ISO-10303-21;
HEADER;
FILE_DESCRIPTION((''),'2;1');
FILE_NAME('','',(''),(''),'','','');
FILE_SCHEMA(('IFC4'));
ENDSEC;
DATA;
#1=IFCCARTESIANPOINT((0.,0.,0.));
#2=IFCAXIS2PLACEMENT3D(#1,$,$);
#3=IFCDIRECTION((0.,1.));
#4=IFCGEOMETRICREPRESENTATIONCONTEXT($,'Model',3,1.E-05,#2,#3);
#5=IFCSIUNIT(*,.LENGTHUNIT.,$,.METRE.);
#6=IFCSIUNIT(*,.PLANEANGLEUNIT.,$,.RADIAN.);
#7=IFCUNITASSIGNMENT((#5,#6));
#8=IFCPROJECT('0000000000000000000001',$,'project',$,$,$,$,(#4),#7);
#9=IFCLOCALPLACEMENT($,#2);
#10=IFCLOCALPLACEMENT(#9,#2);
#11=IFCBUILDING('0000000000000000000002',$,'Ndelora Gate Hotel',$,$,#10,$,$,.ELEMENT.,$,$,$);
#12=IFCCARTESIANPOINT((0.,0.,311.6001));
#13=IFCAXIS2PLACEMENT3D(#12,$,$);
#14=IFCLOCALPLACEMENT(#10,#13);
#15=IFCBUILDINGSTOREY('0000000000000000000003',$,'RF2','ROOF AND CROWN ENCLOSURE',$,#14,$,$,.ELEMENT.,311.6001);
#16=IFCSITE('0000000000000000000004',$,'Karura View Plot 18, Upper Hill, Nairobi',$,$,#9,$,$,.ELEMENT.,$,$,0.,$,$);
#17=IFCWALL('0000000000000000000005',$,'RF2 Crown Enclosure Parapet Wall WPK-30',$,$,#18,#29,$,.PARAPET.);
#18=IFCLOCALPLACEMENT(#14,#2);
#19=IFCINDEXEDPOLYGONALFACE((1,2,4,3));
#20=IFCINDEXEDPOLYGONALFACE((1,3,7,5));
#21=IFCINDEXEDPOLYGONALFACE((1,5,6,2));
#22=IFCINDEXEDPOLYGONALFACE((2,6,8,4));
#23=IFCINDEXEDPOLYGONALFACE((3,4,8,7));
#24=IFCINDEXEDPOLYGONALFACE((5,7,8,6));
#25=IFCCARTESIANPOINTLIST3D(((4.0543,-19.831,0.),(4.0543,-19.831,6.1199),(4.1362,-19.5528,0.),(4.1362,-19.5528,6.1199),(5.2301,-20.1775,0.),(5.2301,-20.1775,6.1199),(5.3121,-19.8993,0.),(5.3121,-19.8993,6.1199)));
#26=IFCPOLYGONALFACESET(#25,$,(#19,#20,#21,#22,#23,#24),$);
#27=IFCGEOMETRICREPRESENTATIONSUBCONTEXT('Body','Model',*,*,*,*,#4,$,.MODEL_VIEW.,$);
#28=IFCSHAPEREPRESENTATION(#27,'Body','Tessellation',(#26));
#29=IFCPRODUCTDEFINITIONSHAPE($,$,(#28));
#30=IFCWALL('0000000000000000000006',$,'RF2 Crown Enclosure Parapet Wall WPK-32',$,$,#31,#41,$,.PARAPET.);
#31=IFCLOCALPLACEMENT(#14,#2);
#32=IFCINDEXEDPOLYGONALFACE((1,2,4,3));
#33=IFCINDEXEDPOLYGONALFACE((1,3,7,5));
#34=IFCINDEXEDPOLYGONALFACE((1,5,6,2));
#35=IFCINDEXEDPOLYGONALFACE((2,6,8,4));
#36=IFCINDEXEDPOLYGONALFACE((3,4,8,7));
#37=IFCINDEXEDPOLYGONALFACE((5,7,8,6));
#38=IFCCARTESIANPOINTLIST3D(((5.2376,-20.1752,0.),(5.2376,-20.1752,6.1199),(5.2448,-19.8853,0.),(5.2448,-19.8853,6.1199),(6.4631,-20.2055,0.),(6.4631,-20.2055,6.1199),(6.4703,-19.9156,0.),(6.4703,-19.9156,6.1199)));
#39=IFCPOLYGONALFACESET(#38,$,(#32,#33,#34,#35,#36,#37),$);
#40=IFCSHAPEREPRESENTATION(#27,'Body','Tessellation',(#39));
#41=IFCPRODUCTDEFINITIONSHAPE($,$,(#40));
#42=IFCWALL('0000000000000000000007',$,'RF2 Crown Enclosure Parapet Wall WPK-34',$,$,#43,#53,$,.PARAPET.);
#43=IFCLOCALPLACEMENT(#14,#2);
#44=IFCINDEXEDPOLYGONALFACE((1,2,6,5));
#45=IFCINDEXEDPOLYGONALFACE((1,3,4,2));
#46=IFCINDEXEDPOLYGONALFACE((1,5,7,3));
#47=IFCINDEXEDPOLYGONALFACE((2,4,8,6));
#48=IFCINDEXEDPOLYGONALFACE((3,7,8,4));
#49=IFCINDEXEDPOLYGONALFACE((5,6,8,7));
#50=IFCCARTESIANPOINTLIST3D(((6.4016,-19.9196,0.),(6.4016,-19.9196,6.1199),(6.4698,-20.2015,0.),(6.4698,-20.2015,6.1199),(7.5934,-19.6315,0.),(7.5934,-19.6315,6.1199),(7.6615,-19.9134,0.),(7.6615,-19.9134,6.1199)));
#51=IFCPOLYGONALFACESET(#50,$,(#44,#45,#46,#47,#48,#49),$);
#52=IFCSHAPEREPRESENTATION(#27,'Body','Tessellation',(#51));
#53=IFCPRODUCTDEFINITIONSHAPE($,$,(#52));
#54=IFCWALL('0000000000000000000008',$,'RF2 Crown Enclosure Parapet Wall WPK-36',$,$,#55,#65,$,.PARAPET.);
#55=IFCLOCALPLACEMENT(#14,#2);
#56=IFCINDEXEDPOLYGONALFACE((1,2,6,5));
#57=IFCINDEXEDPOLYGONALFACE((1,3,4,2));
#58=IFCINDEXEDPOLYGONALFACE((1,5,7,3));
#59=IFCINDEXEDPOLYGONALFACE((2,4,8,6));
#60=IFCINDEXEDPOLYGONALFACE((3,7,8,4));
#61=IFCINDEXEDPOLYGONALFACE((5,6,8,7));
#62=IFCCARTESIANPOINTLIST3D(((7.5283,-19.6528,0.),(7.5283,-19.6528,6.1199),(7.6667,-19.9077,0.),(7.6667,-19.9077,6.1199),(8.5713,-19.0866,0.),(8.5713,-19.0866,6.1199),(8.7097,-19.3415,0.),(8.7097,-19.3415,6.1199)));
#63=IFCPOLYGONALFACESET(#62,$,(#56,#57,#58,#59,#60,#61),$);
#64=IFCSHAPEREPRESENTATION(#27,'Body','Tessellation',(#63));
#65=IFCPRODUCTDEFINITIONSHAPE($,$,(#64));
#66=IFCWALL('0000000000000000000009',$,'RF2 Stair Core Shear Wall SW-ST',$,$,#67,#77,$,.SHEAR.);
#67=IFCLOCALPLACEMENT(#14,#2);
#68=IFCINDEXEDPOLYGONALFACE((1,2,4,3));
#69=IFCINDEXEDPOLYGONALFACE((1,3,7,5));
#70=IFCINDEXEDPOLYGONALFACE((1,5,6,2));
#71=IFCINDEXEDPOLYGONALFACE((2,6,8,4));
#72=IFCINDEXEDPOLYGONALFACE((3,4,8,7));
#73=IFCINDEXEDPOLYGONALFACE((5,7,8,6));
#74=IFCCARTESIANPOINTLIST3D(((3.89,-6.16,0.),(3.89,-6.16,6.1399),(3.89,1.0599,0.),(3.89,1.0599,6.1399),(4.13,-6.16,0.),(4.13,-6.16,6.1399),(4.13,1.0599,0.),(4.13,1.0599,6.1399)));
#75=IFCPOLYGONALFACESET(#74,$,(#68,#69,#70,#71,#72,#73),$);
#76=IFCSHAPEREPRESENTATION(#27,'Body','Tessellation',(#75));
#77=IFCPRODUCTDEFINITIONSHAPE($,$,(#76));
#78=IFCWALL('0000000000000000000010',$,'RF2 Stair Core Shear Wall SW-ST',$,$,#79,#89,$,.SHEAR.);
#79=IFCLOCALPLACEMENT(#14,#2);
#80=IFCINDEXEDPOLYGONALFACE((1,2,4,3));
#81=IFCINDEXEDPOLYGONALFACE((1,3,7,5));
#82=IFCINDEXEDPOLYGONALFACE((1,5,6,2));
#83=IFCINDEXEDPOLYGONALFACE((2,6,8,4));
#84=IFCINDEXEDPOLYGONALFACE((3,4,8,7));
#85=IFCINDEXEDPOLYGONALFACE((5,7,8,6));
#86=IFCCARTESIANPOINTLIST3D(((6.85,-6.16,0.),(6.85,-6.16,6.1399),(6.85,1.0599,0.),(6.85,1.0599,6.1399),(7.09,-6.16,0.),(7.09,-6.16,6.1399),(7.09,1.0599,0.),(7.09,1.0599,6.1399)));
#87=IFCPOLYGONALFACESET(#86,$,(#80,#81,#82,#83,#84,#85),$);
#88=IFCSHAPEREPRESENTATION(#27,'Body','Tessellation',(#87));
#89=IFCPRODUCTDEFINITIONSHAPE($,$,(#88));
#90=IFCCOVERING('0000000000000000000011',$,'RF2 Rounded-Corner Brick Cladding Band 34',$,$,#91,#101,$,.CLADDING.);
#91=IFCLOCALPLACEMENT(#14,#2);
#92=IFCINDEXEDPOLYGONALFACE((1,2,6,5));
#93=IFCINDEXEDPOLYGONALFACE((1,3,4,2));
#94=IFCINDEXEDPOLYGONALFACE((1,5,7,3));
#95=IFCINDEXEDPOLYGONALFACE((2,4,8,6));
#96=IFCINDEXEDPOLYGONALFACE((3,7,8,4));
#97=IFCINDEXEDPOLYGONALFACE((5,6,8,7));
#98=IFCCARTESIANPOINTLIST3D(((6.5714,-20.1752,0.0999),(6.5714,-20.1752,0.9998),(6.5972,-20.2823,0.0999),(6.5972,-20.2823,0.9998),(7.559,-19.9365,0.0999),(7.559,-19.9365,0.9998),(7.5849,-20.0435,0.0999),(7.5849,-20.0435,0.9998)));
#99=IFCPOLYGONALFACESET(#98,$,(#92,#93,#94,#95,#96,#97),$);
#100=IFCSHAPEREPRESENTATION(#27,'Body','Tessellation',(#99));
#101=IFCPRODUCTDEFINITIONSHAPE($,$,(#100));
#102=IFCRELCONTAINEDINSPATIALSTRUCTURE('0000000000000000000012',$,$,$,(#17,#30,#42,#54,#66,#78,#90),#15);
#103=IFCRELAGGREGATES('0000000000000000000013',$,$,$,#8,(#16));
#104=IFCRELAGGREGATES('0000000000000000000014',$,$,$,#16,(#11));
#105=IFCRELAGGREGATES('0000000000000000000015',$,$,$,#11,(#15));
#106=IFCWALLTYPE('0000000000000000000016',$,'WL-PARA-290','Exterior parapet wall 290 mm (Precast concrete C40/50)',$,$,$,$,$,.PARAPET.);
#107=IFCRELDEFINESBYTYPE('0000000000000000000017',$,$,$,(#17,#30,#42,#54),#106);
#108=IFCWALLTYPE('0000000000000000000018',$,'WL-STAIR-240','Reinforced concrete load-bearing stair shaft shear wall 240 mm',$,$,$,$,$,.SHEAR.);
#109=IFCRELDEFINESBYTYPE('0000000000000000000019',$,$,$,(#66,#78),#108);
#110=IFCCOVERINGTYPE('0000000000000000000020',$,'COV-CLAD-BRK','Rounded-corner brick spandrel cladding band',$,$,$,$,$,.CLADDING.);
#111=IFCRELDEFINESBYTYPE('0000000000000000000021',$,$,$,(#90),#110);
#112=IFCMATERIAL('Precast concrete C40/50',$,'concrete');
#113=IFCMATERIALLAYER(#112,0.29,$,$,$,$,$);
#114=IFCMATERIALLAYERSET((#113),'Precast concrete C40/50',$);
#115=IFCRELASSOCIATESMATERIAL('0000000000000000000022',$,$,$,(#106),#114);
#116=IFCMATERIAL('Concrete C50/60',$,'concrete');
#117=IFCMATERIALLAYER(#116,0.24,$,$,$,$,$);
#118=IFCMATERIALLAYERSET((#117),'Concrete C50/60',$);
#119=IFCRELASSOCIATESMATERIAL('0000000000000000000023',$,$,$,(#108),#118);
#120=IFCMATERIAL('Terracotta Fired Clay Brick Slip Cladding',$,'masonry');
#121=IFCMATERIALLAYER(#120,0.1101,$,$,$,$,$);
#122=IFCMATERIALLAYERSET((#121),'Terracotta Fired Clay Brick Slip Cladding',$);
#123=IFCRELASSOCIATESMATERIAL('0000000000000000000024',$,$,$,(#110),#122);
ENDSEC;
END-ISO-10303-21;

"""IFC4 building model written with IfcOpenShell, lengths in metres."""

from ifc_helpers import new_model, si_unit, direction, frame, frame_2d, origin, origin_2d, place, context, subcontext, project, spatial, rectangle, extrude, material, layer, layer_set, type_object, element, save


model = new_model("IFC4")

# Units and contexts
model_context = context("Model", 3, precision=1e-05, world=origin(), true_north=direction((0.0, 1.0)))
body_context = subcontext(model_context, "Body", "Model", "MODEL_VIEW")
ifc_project = project(units=[si_unit("LENGTHUNIT", "METRE"), si_unit("PLANEANGLEUNIT", "RADIAN")], contexts=[model_context])

# Site, building, storey
site_placement = place(None, origin())
site = spatial("IfcSite", under=ifc_project, at=site_placement, Name="Karura View Plot 18, Upper Hill, Nairobi", CompositionType="ELEMENT", RefElevation=0.0)
building_placement = place(site_placement, origin())
building = spatial("IfcBuilding", under=site, at=building_placement, Name="Ndelora Gate Hotel", CompositionType="ELEMENT")
storey_placement = place(building_placement, frame((0.0, 0.0, 311.6001)))
storey = spatial("IfcBuildingStorey", under=building, at=storey_placement, Name="RF2", Description="ROOF AND CROWN ENCLOSURE", CompositionType="ELEMENT", Elevation=311.6001)

# Shared definitions
ifc_material_1 = material(Name="Concrete C50/60", Category="concrete")

# Walls
ifc_material_2 = material(Name="Precast concrete C40/50", Category="concrete")
ifc_layer_1 = layer(ifc_material_2, 0.29)
ifc_layer_set_1 = layer_set([ifc_layer_1], Name="Precast concrete C40/50")
wall_type_1 = type_object("IfcWallType", Name="WL-PARA-290", Description="Exterior parapet wall 290 mm (Precast concrete C40/50)", PredefinedType="PARAPET", material=ifc_layer_set_1)
for number, where, z_axis, x_axis, name in (
    (1, (5.271, -20.0383, 0.0), (0.0, 0.0, 1.0), (-0.959229, 0.28263, 0.0), "RF2 Crown Enclosure Parapet Wall WPK-30"),
    (2, (6.4666, -20.0605, 0.0), (0.0, 0.0, 1.0), (-0.999695, 0.024699, 0.0), "RF2 Crown Enclosure Parapet Wall WPK-32"),
):
    element("IfcWall", number, at=place(storey_placement, frame(where, z_axis=z_axis, x_axis=x_axis)), inside=storey, type_object=wall_type_1, Name=name, PredefinedType="PARAPET", context=body_context, shape_type="SweptSolid", body=[
        extrude(rectangle(XDim=1.2258, YDim=0.29, at=frame_2d((0.6128, 0.0))), origin(), (0.0, 0.0, 1.0), 6.1199),
    ])
wall_1_placement = place(storey_placement, frame((7.6274, -19.7725, 0.0), z_axis=(0.0, 0.0, 1.0), x_axis=(-0.971999, -0.234984, 0.0)))
element("IfcWall", 3, at=wall_1_placement, inside=storey, type_object=wall_type_1, Name="RF2 Crown Enclosure Parapet Wall WPK-34", PredefinedType="PARAPET", context=body_context, shape_type="SweptSolid", body=[
    extrude(rectangle(XDim=1.2261, YDim=0.29, at=frame_2d((0.613, 0.0))), origin(), (0.0, 0.0, 1.0), 6.1199),
])
wall_2_placement = place(storey_placement, frame((8.6404, -19.2141, 0.0), z_axis=(0.0, 0.0, 1.0), x_axis=(-0.878861, -0.477078, 0.0)))
element("IfcWall", 4, at=wall_2_placement, inside=storey, type_object=wall_type_1, Name="RF2 Crown Enclosure Parapet Wall WPK-36", PredefinedType="PARAPET", context=body_context, shape_type="SweptSolid", body=[
    extrude(rectangle(XDim=1.1868, YDim=0.29, at=frame_2d((0.5933, 0.0))), origin(), (0.0, 0.0, 1.0), 6.1199),
])
ifc_layer_2 = layer(ifc_material_1, 0.24)
ifc_layer_set_2 = layer_set([ifc_layer_2], Name="Concrete C50/60")
wall_type_2 = type_object("IfcWallType", Name="WL-STAIR-240", Description="Reinforced concrete load-bearing stair shaft shear wall 240 mm", PredefinedType="SHEAR", material=ifc_layer_set_2)
for number, where, z_axis, x_axis, name in (
    (5, (4.01, -6.1599, 0.0), (0.0, 0.0, 1.0), (0.0, 1.0, 0.0), "RF2 Stair Core Shear Wall SW-ST"),
    (6, (6.97, -6.1599, 0.0), (0.0, 0.0, 1.0), (0.0, 1.0, 0.0), "RF2 Stair Core Shear Wall SW-ST"),
):
    element("IfcWall", number, at=place(storey_placement, frame(where, z_axis=z_axis, x_axis=x_axis)), inside=storey, type_object=wall_type_2, Name=name, PredefinedType="SHEAR", context=body_context, shape_type="SweptSolid", body=[
        extrude(rectangle(XDim=7.22, YDim=0.24, at=frame_2d((3.6099, 0.0))), origin(), (0.0, 0.0, 1.0), 6.1399),
    ])

# Covering
ifc_material_3 = material(Name="Terracotta Fired Clay Brick Slip Cladding", Category="masonry")
ifc_layer_3 = layer(ifc_material_3, 0.1101)
ifc_layer_set_3 = layer_set([ifc_layer_3], Name="Terracotta Fired Clay Brick Slip Cladding")
covering_type = type_object("IfcCoveringType", Name="COV-CLAD-BRK", Description="Rounded-corner brick spandrel cladding band", PredefinedType="CLADDING", material=ifc_layer_set_3)
covering_placement = place(storey_placement, frame((7.0781, -20.1094, 0.0999), z_axis=(0.0, 0.0, 1.0), x_axis=(0.972002, 0.234972, 0.0)))
element("IfcCovering", 7, at=covering_placement, inside=storey, type_object=covering_type, Name="RF2 Rounded-Corner Brick Cladding Band 34", PredefinedType="CLADDING", context=body_context, shape_type="SweptSolid", body=[
    extrude(rectangle(XDim=1.0161, YDim=0.1101, at=origin_2d()), origin(), (0.0, 0.0, 1.0), 0.8999),
])

save(model, "model.ifc")
